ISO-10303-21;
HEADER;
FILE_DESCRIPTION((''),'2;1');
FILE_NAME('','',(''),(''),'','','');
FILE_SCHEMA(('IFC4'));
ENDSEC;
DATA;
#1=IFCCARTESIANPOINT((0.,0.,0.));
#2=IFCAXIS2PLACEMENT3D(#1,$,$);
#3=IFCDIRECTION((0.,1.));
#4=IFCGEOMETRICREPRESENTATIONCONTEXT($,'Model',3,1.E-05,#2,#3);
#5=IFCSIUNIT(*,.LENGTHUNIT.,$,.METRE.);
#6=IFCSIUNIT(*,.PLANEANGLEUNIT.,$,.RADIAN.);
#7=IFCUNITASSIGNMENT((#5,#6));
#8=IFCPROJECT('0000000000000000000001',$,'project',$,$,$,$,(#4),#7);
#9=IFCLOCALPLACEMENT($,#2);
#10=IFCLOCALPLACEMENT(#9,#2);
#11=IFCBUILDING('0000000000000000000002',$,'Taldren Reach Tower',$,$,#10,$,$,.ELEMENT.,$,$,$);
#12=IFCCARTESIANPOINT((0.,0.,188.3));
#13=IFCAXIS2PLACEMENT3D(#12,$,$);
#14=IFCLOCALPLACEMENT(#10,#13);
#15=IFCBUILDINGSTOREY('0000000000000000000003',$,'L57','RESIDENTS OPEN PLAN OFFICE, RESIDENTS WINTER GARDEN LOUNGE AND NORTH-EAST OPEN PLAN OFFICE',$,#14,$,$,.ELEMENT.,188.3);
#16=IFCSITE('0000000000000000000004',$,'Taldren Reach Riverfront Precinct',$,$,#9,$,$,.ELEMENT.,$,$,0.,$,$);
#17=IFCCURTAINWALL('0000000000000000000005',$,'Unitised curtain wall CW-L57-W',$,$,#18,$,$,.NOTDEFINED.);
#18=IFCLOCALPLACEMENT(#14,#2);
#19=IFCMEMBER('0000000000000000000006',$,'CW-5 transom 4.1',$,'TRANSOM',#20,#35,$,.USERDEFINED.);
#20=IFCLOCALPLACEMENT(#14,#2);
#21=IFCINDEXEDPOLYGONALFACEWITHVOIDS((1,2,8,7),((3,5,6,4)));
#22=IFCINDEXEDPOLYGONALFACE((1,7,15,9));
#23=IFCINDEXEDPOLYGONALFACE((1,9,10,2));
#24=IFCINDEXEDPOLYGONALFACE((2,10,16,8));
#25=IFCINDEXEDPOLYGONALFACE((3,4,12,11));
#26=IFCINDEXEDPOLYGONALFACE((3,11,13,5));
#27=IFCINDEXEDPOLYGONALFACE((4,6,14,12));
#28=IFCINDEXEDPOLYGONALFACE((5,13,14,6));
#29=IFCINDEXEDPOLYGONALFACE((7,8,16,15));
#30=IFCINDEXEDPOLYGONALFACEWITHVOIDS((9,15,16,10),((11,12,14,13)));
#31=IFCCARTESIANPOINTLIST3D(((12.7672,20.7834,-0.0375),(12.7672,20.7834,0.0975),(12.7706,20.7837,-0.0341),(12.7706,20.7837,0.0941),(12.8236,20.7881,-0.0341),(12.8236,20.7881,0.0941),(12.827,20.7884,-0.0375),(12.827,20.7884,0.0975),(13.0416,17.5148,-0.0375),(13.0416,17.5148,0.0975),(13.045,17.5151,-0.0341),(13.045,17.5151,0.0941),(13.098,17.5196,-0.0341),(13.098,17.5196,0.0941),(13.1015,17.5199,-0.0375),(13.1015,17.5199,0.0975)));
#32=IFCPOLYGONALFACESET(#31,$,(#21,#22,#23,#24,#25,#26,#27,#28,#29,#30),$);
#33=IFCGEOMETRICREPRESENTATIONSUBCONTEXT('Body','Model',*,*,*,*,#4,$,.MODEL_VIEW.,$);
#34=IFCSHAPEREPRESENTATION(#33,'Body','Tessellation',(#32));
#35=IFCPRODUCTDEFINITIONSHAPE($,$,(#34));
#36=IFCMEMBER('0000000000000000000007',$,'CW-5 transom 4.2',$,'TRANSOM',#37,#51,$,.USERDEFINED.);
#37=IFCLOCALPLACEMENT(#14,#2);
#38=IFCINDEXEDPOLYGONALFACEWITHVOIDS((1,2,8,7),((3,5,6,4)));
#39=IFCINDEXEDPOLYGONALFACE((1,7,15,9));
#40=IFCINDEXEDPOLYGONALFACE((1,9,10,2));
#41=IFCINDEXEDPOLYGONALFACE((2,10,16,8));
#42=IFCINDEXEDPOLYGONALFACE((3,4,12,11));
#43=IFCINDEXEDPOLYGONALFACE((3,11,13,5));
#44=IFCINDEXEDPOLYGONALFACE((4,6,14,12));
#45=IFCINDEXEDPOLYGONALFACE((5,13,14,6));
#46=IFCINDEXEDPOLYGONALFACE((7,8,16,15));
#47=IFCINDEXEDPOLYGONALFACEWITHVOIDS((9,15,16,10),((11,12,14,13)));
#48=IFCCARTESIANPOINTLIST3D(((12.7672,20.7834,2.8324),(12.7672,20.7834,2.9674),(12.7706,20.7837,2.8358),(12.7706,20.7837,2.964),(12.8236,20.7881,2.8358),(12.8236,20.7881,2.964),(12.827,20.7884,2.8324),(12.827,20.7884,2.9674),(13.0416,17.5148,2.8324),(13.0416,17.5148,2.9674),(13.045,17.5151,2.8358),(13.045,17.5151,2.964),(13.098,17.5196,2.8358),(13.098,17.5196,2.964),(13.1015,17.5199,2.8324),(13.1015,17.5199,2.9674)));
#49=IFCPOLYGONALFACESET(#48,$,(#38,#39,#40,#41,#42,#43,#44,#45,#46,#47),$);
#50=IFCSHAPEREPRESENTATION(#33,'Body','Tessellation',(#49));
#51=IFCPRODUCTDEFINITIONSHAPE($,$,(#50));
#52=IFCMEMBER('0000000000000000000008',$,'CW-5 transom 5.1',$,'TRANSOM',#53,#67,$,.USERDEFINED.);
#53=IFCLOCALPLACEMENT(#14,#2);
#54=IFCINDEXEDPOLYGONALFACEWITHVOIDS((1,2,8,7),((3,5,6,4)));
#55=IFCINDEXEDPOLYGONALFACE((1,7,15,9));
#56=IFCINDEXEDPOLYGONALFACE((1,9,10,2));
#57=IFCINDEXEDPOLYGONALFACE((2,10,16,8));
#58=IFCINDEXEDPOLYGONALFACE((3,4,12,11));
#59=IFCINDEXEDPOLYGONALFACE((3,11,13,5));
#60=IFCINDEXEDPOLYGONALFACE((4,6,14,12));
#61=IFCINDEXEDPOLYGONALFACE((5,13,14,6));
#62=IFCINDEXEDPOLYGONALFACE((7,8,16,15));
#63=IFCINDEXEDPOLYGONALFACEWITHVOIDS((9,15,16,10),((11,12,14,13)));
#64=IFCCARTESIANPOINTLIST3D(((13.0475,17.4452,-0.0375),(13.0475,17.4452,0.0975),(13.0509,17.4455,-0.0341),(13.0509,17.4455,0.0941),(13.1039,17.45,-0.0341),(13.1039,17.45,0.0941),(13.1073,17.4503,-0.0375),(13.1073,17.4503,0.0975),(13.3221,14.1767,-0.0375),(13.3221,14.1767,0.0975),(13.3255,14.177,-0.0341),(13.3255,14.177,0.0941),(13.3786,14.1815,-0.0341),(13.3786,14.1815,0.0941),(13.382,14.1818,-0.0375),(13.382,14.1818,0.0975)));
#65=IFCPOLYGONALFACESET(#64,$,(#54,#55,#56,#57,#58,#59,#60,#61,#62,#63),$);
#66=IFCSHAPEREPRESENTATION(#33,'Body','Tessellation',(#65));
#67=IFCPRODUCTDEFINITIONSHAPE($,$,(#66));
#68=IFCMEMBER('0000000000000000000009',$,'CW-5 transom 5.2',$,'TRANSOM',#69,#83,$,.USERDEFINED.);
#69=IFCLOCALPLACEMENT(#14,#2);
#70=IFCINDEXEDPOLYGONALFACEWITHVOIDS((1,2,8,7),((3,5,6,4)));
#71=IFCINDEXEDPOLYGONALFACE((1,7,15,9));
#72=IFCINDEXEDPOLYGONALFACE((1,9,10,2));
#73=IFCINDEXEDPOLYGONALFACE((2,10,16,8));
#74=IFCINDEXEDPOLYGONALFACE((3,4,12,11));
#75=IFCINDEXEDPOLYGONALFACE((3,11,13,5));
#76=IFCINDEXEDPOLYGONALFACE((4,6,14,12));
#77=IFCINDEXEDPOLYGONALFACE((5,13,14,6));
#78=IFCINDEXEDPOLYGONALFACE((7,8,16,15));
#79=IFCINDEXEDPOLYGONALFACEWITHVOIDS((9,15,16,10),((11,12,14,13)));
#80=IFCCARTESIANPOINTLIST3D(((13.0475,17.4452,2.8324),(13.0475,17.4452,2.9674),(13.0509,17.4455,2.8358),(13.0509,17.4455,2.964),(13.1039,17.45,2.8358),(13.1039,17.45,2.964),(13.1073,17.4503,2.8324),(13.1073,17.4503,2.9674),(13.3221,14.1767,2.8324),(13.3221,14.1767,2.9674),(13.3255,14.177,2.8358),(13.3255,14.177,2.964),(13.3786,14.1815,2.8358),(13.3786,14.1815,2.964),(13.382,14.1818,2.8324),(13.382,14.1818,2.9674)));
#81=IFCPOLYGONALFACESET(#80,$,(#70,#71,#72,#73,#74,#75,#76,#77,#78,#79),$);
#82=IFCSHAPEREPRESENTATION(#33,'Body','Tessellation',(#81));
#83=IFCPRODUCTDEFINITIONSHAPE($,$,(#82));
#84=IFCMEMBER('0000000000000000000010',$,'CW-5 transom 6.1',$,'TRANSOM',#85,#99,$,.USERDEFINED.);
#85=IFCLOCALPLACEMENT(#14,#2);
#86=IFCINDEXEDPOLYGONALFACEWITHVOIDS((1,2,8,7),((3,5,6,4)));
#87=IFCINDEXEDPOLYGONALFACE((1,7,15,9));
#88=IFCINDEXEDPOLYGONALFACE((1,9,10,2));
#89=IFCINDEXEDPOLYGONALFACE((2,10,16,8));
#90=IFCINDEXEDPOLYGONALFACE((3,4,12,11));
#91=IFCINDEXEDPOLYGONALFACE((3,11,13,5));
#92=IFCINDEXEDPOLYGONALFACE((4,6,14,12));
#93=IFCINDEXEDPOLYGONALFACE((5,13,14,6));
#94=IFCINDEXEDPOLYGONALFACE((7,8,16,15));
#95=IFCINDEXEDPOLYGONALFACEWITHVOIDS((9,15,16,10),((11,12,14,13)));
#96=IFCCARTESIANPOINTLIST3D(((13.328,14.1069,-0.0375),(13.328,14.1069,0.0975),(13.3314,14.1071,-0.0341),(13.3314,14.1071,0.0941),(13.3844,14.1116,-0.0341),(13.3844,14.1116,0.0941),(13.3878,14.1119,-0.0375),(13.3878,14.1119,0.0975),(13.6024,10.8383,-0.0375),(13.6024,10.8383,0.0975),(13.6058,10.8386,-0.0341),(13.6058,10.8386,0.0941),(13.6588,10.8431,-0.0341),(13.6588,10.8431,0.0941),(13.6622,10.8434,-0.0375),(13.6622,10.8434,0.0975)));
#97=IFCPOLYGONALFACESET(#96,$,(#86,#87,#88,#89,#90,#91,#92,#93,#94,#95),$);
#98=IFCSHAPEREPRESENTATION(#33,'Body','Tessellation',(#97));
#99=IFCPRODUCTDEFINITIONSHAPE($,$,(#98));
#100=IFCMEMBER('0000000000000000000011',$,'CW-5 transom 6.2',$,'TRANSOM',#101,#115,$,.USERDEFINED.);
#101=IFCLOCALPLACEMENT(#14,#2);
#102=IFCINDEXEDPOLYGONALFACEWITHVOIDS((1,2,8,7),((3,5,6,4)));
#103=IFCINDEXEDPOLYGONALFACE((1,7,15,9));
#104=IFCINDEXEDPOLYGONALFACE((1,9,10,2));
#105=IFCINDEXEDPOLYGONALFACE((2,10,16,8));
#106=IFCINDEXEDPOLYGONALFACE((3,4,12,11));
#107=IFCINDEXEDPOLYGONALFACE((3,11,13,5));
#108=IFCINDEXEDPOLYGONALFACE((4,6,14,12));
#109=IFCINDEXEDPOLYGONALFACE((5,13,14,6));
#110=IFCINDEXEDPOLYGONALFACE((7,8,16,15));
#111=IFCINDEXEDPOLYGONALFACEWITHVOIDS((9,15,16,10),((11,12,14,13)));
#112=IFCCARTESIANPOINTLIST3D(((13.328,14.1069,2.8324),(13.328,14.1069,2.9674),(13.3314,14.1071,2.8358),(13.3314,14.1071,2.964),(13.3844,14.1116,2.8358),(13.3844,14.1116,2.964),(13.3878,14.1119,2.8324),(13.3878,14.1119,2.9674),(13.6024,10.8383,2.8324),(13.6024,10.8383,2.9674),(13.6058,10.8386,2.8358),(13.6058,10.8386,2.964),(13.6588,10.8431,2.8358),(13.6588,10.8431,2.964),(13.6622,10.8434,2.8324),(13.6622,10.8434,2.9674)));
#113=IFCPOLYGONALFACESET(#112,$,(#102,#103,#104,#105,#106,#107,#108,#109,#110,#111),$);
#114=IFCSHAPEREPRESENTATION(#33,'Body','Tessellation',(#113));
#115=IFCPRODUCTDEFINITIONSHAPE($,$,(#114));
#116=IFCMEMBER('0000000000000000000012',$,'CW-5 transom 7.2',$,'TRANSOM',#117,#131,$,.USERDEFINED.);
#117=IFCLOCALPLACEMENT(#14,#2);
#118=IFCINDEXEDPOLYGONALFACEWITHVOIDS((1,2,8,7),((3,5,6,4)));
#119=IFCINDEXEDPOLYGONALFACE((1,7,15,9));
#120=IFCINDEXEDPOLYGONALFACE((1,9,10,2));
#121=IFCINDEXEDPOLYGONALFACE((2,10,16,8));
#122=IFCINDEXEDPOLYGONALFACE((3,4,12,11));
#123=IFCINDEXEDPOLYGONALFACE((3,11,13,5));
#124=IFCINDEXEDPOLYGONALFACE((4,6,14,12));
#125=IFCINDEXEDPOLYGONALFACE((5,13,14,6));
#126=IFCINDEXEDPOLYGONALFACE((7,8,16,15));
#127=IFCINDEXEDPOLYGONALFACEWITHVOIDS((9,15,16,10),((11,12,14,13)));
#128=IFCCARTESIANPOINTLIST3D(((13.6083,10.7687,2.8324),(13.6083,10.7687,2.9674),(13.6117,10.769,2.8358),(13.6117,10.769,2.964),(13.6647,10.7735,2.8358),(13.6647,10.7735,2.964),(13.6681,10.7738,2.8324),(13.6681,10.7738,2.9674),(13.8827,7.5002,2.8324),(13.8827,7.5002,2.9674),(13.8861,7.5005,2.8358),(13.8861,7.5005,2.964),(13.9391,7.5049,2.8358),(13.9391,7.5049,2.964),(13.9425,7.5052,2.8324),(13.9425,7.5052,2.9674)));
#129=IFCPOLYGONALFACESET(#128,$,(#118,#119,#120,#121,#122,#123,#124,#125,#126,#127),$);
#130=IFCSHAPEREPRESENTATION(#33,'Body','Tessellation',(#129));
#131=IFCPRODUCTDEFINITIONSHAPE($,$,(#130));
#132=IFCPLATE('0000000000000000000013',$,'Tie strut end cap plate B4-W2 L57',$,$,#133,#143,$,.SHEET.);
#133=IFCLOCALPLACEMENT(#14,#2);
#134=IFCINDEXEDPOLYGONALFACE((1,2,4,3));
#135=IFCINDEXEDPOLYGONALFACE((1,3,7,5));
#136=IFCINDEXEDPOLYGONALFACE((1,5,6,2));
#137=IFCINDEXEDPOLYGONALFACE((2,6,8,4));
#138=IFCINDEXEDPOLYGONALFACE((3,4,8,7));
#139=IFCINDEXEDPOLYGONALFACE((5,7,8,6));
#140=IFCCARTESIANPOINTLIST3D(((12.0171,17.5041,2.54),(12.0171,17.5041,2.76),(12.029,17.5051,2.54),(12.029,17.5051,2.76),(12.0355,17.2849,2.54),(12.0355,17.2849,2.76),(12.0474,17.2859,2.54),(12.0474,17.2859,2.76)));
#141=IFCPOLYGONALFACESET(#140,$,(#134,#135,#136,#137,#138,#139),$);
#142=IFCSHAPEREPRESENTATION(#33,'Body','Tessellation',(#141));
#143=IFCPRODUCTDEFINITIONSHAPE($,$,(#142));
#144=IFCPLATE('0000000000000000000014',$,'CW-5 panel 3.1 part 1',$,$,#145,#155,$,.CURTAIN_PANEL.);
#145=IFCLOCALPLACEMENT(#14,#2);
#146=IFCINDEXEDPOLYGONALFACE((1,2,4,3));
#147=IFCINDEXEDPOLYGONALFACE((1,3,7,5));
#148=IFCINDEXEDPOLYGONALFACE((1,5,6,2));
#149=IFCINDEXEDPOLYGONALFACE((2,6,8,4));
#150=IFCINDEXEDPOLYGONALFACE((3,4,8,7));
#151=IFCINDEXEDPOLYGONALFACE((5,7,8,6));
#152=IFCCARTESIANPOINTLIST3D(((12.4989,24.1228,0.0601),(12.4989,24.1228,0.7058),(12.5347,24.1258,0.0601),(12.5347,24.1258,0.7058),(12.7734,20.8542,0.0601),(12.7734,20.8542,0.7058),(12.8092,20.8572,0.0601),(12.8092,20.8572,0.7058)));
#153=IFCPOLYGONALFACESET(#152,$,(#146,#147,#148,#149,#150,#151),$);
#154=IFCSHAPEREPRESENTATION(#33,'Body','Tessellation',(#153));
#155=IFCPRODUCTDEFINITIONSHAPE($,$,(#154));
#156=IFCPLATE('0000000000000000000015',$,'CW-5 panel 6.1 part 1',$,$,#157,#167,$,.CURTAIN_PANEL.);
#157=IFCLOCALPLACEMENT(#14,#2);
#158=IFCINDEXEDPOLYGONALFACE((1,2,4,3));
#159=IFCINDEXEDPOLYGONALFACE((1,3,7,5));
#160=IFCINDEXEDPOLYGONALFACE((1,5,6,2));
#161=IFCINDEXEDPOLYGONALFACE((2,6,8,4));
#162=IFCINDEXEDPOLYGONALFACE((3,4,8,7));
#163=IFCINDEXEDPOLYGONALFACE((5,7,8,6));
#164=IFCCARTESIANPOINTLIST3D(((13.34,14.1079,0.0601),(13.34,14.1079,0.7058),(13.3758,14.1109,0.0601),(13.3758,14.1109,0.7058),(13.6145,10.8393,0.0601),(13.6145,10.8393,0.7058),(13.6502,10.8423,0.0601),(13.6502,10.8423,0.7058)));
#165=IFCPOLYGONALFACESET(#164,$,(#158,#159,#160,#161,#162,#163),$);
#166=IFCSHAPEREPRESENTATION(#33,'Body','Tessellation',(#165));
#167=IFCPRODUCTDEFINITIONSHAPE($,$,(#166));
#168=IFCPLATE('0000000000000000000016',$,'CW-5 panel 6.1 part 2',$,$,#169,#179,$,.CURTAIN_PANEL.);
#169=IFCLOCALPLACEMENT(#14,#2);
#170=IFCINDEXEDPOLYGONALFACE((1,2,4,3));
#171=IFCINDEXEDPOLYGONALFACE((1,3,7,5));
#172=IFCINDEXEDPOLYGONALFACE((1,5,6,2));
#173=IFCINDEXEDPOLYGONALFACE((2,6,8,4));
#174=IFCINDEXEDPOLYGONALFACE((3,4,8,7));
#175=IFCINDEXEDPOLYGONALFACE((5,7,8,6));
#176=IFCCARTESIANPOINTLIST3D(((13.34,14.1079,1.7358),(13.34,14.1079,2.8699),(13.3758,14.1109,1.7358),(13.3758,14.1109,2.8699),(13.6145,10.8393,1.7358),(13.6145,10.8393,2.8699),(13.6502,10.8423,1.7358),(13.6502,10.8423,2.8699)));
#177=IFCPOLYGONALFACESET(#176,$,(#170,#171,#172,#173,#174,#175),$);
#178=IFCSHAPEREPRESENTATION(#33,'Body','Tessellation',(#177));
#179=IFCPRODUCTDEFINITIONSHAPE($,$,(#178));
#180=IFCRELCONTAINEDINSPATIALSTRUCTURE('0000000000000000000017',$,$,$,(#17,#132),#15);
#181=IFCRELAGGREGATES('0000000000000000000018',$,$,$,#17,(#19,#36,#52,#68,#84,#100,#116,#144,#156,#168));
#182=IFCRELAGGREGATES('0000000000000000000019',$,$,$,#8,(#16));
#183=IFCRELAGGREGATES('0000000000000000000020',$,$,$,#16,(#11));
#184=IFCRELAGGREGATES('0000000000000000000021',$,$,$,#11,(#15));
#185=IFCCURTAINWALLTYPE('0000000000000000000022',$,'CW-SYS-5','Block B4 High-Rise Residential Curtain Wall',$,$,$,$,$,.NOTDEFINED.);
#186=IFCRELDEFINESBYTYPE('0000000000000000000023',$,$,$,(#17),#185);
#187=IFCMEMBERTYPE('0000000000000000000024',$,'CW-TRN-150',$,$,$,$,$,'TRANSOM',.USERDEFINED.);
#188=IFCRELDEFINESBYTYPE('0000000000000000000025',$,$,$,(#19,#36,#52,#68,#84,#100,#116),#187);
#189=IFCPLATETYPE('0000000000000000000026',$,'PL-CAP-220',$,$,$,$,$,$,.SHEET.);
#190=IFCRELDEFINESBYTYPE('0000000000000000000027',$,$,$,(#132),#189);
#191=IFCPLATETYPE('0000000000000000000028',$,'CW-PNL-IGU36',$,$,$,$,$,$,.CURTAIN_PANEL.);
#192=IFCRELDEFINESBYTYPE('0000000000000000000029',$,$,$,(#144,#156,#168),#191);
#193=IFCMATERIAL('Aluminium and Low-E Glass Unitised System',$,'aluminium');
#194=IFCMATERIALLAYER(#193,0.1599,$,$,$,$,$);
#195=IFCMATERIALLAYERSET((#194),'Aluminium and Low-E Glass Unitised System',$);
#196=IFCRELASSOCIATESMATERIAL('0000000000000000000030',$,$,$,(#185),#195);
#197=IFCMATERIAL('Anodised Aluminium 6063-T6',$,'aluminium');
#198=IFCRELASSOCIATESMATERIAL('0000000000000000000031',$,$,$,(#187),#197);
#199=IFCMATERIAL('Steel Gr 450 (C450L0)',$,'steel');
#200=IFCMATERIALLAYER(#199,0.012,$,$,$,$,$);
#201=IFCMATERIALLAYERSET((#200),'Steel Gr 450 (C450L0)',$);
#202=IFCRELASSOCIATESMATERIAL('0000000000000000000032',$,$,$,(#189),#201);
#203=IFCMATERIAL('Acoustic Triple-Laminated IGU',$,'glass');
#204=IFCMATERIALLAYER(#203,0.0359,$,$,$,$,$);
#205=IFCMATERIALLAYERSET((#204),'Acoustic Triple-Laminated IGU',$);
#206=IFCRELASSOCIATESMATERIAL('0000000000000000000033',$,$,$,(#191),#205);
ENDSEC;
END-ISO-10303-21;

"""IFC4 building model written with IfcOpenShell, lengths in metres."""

from ifc_helpers import new_model, si_unit, direction, frame, origin, origin_2d, place, context, subcontext, project, spatial, rectangle, hollow_rectangle, extrude, source, transform, mapped, material, layer, layer_set, material_profile, profile_set, type_object, element, aggregate, save


model = new_model("IFC4")

# Units and contexts
model_context = context("Model", 3, precision=1e-05, world=origin(), true_north=direction((0.0, 1.0)))
body_context = subcontext(model_context, "Body", "Model", "MODEL_VIEW")
ifc_project = project(units=[si_unit("LENGTHUNIT", "METRE"), si_unit("PLANEANGLEUNIT", "RADIAN")], contexts=[model_context])

# Site, building, storey
site_placement = place(None, origin())
site = spatial("IfcSite", under=ifc_project, at=site_placement, Name="Taldren Reach Riverfront Precinct", CompositionType="ELEMENT", RefElevation=0.0)
building_placement = place(site_placement, origin())
building = spatial("IfcBuilding", under=site, at=building_placement, Name="Taldren Reach Tower", CompositionType="ELEMENT")
storey_placement = place(building_placement, frame((0.0, 0.0, 188.3)))
storey = spatial("IfcBuildingStorey", under=building, at=storey_placement, Name="L57", Description="RESIDENTS OPEN PLAN OFFICE, RESIDENTS WINTER GARDEN LOUNGE AND NORTH-EAST OPEN PLAN OFFICE", CompositionType="ELEMENT", Elevation=188.3)

# Shared definitions
ifc_material_1 = material(Name="Steel Gr 450 (C450L0)", Category="steel")

# Curtain wall, members
ifc_material_2 = material(Name="Aluminium and Low-E Glass Unitised System", Category="aluminium")
ifc_layer_1 = layer(ifc_material_2, 0.1599)
ifc_layer_set_1 = layer_set([ifc_layer_1], Name="Aluminium and Low-E Glass Unitised System")
curtain_wall_type = type_object("IfcCurtainWallType", Name="CW-SYS-5", Description="Block B4 High-Rise Residential Curtain Wall", PredefinedType="NOTDEFINED", material=ifc_layer_set_1)
curtain_wall_placement = place(storey_placement, origin())
curtain_wall = element("IfcCurtainWall", 1, at=curtain_wall_placement, inside=storey, type_object=curtain_wall_type, Name="Unitised curtain wall CW-L57-W", PredefinedType="NOTDEFINED")
ifc_material_3 = material(Name="Anodised Aluminium 6063-T6", Category="aluminium")
ifc_material_profile_1 = material_profile(ifc_material_3, hollow_rectangle(XDim=0.0601, YDim=0.135, WallThickness=0.0034, at=origin_2d()), Name="ALU-135x60x3.5RHS")
ifc_profile_set_1 = profile_set([ifc_material_profile_1], Name="Anodised Aluminium 6063-T6")
member_type_1 = type_object("IfcMemberType", Name="CW-TRN-150", ElementType="TRANSOM", PredefinedType="USERDEFINED", material=ifc_profile_set_1)
shared_shape_1 = source(origin(), body_context, "Body", "SweptSolid", [
    extrude(hollow_rectangle(XDim=0.0601, YDim=0.135, WallThickness=0.0034, at=origin_2d()), origin(), (0.0, 0.0, 1.0), 3.28),
])
member_1_placement = place(storey_placement, frame((12.7971, 20.7859, 0.03), z_axis=(0.083661, -0.996494, 0.0), x_axis=(0.996494, 0.083661, 0.0)))
member_1 = element("IfcMember", 2, at=member_1_placement, type_object=member_type_1, Name="CW-5 transom 4.1", ObjectType="TRANSOM", PredefinedType="USERDEFINED", context=body_context, shape_type="MappedRepresentation", body=[
    mapped(shared_shape_1, transform((0.0, 0.0, 0.0), scale=1.0)),
])
member_2_placement = place(storey_placement, frame((12.7971, 20.7859, 2.8999), z_axis=(0.083661, -0.996494, 0.0), x_axis=(0.996494, 0.083661, 0.0)))
member_2 = element("IfcMember", 3, at=member_2_placement, type_object=member_type_1, Name="CW-5 transom 4.2", ObjectType="TRANSOM", PredefinedType="USERDEFINED", context=body_context, shape_type="MappedRepresentation", body=[
    mapped(shared_shape_1, transform((0.0, 0.0, 0.0), scale=1.0)),
])
member_3_placement = place(storey_placement, frame((13.0774, 17.4478, 0.03), z_axis=(0.083735, -0.996488, 0.0), x_axis=(0.996488, 0.083735, 0.0)))
member_3 = element("IfcMember", 4, at=member_3_placement, type_object=member_type_1, Name="CW-5 transom 5.1", ObjectType="TRANSOM", PredefinedType="USERDEFINED", context=body_context, shape_type="MappedRepresentation", body=[
    mapped(shared_shape_1, transform((0.0, 0.0, 0.0), scale=1.0)),
])
member_4_placement = place(storey_placement, frame((13.0774, 17.4478, 2.8999), z_axis=(0.083735, -0.996488, 0.0), x_axis=(0.996488, 0.083735, 0.0)))
member_4 = element("IfcMember", 5, at=member_4_placement, type_object=member_type_1, Name="CW-5 transom 5.2", ObjectType="TRANSOM", PredefinedType="USERDEFINED", context=body_context, shape_type="MappedRepresentation", body=[
    mapped(shared_shape_1, transform((0.0, 0.0, 0.0), scale=1.0)),
])
member_5_placement = place(storey_placement, frame((13.3579, 14.1094, 0.03), z_axis=(0.083661, -0.996494, 0.0), x_axis=(0.996494, 0.083661, 0.0)))
member_5 = element("IfcMember", 6, at=member_5_placement, type_object=member_type_1, Name="CW-5 transom 6.1", ObjectType="TRANSOM", PredefinedType="USERDEFINED", context=body_context, shape_type="MappedRepresentation", body=[
    mapped(shared_shape_1, transform((0.0, 0.0, 0.0), scale=1.0)),
])
member_6_placement = place(storey_placement, frame((13.3579, 14.1094, 2.8999), z_axis=(0.083661, -0.996494, 0.0), x_axis=(0.996494, 0.083661, 0.0)))
member_6 = element("IfcMember", 7, at=member_6_placement, type_object=member_type_1, Name="CW-5 transom 6.2", ObjectType="TRANSOM", PredefinedType="USERDEFINED", context=body_context, shape_type="MappedRepresentation", body=[
    mapped(shared_shape_1, transform((0.0, 0.0, 0.0), scale=1.0)),
])
member_7_placement = place(storey_placement, frame((13.6382, 10.7712, 2.8999), z_axis=(0.083661, -0.996494, 0.0), x_axis=(0.996494, 0.083661, 0.0)))
member_7 = element("IfcMember", 8, at=member_7_placement, type_object=member_type_1, Name="CW-5 transom 7.2", ObjectType="TRANSOM", PredefinedType="USERDEFINED", context=body_context, shape_type="MappedRepresentation", body=[
    mapped(shared_shape_1, transform((0.0, 0.0, 0.0), scale=1.0)),
])

# Plates
ifc_layer_2 = layer(ifc_material_1, 0.012)
ifc_layer_set_2 = layer_set([ifc_layer_2], Name="Steel Gr 450 (C450L0)")
plate_type_1 = type_object("IfcPlateType", Name="PL-CAP-220", PredefinedType="SHEET", material=ifc_layer_set_2)
shared_shape_2 = source(origin(), body_context, "Body", "SweptSolid", [
    extrude(rectangle(XDim=0.012, YDim=0.22, at=origin_2d()), origin(), (0.0, 0.0, 1.0), 0.22),
])
plate_1_placement = place(storey_placement, frame((12.0322, 17.395, 2.54), z_axis=(0.0, 0.0, 1.0), x_axis=(0.996493, 0.083678, 0.0)))
element("IfcPlate", 9, at=plate_1_placement, inside=storey, type_object=plate_type_1, Name="Tie strut end cap plate B4-W2 L57", PredefinedType="SHEET", context=body_context, shape_type="MappedRepresentation", body=[
    mapped(shared_shape_2, transform((0.0, 0.0, 0.0), scale=1.0)),
])
ifc_material_4 = material(Name="Acoustic Triple-Laminated IGU", Category="glass")
ifc_layer_3 = layer(ifc_material_4, 0.0359)
ifc_layer_set_3 = layer_set([ifc_layer_3], Name="Acoustic Triple-Laminated IGU")
plate_type_2 = type_object("IfcPlateType", Name="CW-PNL-IGU36", PredefinedType="CURTAIN_PANEL", material=ifc_layer_set_3)
shared_shape_3 = source(origin(), body_context, "Body", "SweptSolid", [
    extrude(rectangle(XDim=3.28, YDim=0.0359, at=origin_2d()), origin(), (0.0, 0.0, 1.0), 0.6458),
])
plate_2_placement = place(storey_placement, frame((12.6541, 22.49, 0.0601), z_axis=(0.0, 0.0, 1.0), x_axis=(0.083678, -0.996493, 0.0)))
plate_2 = element("IfcPlate", 10, at=plate_2_placement, type_object=plate_type_2, Name="CW-5 panel 3.1 part 1", PredefinedType="CURTAIN_PANEL", context=body_context, shape_type="MappedRepresentation", body=[
    mapped(shared_shape_3, transform((0.0, 0.0, 0.0), scale=1.0)),
])
plate_3_placement = place(storey_placement, frame((13.4951, 12.4751, 0.0601), z_axis=(0.0, 0.0, 1.0), x_axis=(0.083678, -0.996493, 0.0)))
plate_3 = element("IfcPlate", 11, at=plate_3_placement, type_object=plate_type_2, Name="CW-5 panel 6.1 part 1", PredefinedType="CURTAIN_PANEL", context=body_context, shape_type="MappedRepresentation", body=[
    mapped(shared_shape_3, transform((0.0, 0.0, 0.0), scale=1.0)),
])
shared_shape_4 = source(origin(), body_context, "Body", "SweptSolid", [
    extrude(rectangle(XDim=3.28, YDim=0.0359, at=origin_2d()), origin(), (0.0, 0.0, 1.0), 1.134),
])
plate_4_placement = place(storey_placement, frame((13.4951, 12.4751, 1.7358), z_axis=(0.0, 0.0, 1.0), x_axis=(0.083678, -0.996493, 0.0)))
plate_4 = element("IfcPlate", 12, at=plate_4_placement, type_object=plate_type_2, Name="CW-5 panel 6.1 part 2", PredefinedType="CURTAIN_PANEL", context=body_context, shape_type="MappedRepresentation", body=[
    mapped(shared_shape_4, transform((0.0, 0.0, 0.0), scale=1.0)),
])
aggregate(curtain_wall, [member_1, member_2, member_3, member_4, member_5, member_6, member_7, plate_2, plate_3, plate_4])

save(model, "model.ifc")
